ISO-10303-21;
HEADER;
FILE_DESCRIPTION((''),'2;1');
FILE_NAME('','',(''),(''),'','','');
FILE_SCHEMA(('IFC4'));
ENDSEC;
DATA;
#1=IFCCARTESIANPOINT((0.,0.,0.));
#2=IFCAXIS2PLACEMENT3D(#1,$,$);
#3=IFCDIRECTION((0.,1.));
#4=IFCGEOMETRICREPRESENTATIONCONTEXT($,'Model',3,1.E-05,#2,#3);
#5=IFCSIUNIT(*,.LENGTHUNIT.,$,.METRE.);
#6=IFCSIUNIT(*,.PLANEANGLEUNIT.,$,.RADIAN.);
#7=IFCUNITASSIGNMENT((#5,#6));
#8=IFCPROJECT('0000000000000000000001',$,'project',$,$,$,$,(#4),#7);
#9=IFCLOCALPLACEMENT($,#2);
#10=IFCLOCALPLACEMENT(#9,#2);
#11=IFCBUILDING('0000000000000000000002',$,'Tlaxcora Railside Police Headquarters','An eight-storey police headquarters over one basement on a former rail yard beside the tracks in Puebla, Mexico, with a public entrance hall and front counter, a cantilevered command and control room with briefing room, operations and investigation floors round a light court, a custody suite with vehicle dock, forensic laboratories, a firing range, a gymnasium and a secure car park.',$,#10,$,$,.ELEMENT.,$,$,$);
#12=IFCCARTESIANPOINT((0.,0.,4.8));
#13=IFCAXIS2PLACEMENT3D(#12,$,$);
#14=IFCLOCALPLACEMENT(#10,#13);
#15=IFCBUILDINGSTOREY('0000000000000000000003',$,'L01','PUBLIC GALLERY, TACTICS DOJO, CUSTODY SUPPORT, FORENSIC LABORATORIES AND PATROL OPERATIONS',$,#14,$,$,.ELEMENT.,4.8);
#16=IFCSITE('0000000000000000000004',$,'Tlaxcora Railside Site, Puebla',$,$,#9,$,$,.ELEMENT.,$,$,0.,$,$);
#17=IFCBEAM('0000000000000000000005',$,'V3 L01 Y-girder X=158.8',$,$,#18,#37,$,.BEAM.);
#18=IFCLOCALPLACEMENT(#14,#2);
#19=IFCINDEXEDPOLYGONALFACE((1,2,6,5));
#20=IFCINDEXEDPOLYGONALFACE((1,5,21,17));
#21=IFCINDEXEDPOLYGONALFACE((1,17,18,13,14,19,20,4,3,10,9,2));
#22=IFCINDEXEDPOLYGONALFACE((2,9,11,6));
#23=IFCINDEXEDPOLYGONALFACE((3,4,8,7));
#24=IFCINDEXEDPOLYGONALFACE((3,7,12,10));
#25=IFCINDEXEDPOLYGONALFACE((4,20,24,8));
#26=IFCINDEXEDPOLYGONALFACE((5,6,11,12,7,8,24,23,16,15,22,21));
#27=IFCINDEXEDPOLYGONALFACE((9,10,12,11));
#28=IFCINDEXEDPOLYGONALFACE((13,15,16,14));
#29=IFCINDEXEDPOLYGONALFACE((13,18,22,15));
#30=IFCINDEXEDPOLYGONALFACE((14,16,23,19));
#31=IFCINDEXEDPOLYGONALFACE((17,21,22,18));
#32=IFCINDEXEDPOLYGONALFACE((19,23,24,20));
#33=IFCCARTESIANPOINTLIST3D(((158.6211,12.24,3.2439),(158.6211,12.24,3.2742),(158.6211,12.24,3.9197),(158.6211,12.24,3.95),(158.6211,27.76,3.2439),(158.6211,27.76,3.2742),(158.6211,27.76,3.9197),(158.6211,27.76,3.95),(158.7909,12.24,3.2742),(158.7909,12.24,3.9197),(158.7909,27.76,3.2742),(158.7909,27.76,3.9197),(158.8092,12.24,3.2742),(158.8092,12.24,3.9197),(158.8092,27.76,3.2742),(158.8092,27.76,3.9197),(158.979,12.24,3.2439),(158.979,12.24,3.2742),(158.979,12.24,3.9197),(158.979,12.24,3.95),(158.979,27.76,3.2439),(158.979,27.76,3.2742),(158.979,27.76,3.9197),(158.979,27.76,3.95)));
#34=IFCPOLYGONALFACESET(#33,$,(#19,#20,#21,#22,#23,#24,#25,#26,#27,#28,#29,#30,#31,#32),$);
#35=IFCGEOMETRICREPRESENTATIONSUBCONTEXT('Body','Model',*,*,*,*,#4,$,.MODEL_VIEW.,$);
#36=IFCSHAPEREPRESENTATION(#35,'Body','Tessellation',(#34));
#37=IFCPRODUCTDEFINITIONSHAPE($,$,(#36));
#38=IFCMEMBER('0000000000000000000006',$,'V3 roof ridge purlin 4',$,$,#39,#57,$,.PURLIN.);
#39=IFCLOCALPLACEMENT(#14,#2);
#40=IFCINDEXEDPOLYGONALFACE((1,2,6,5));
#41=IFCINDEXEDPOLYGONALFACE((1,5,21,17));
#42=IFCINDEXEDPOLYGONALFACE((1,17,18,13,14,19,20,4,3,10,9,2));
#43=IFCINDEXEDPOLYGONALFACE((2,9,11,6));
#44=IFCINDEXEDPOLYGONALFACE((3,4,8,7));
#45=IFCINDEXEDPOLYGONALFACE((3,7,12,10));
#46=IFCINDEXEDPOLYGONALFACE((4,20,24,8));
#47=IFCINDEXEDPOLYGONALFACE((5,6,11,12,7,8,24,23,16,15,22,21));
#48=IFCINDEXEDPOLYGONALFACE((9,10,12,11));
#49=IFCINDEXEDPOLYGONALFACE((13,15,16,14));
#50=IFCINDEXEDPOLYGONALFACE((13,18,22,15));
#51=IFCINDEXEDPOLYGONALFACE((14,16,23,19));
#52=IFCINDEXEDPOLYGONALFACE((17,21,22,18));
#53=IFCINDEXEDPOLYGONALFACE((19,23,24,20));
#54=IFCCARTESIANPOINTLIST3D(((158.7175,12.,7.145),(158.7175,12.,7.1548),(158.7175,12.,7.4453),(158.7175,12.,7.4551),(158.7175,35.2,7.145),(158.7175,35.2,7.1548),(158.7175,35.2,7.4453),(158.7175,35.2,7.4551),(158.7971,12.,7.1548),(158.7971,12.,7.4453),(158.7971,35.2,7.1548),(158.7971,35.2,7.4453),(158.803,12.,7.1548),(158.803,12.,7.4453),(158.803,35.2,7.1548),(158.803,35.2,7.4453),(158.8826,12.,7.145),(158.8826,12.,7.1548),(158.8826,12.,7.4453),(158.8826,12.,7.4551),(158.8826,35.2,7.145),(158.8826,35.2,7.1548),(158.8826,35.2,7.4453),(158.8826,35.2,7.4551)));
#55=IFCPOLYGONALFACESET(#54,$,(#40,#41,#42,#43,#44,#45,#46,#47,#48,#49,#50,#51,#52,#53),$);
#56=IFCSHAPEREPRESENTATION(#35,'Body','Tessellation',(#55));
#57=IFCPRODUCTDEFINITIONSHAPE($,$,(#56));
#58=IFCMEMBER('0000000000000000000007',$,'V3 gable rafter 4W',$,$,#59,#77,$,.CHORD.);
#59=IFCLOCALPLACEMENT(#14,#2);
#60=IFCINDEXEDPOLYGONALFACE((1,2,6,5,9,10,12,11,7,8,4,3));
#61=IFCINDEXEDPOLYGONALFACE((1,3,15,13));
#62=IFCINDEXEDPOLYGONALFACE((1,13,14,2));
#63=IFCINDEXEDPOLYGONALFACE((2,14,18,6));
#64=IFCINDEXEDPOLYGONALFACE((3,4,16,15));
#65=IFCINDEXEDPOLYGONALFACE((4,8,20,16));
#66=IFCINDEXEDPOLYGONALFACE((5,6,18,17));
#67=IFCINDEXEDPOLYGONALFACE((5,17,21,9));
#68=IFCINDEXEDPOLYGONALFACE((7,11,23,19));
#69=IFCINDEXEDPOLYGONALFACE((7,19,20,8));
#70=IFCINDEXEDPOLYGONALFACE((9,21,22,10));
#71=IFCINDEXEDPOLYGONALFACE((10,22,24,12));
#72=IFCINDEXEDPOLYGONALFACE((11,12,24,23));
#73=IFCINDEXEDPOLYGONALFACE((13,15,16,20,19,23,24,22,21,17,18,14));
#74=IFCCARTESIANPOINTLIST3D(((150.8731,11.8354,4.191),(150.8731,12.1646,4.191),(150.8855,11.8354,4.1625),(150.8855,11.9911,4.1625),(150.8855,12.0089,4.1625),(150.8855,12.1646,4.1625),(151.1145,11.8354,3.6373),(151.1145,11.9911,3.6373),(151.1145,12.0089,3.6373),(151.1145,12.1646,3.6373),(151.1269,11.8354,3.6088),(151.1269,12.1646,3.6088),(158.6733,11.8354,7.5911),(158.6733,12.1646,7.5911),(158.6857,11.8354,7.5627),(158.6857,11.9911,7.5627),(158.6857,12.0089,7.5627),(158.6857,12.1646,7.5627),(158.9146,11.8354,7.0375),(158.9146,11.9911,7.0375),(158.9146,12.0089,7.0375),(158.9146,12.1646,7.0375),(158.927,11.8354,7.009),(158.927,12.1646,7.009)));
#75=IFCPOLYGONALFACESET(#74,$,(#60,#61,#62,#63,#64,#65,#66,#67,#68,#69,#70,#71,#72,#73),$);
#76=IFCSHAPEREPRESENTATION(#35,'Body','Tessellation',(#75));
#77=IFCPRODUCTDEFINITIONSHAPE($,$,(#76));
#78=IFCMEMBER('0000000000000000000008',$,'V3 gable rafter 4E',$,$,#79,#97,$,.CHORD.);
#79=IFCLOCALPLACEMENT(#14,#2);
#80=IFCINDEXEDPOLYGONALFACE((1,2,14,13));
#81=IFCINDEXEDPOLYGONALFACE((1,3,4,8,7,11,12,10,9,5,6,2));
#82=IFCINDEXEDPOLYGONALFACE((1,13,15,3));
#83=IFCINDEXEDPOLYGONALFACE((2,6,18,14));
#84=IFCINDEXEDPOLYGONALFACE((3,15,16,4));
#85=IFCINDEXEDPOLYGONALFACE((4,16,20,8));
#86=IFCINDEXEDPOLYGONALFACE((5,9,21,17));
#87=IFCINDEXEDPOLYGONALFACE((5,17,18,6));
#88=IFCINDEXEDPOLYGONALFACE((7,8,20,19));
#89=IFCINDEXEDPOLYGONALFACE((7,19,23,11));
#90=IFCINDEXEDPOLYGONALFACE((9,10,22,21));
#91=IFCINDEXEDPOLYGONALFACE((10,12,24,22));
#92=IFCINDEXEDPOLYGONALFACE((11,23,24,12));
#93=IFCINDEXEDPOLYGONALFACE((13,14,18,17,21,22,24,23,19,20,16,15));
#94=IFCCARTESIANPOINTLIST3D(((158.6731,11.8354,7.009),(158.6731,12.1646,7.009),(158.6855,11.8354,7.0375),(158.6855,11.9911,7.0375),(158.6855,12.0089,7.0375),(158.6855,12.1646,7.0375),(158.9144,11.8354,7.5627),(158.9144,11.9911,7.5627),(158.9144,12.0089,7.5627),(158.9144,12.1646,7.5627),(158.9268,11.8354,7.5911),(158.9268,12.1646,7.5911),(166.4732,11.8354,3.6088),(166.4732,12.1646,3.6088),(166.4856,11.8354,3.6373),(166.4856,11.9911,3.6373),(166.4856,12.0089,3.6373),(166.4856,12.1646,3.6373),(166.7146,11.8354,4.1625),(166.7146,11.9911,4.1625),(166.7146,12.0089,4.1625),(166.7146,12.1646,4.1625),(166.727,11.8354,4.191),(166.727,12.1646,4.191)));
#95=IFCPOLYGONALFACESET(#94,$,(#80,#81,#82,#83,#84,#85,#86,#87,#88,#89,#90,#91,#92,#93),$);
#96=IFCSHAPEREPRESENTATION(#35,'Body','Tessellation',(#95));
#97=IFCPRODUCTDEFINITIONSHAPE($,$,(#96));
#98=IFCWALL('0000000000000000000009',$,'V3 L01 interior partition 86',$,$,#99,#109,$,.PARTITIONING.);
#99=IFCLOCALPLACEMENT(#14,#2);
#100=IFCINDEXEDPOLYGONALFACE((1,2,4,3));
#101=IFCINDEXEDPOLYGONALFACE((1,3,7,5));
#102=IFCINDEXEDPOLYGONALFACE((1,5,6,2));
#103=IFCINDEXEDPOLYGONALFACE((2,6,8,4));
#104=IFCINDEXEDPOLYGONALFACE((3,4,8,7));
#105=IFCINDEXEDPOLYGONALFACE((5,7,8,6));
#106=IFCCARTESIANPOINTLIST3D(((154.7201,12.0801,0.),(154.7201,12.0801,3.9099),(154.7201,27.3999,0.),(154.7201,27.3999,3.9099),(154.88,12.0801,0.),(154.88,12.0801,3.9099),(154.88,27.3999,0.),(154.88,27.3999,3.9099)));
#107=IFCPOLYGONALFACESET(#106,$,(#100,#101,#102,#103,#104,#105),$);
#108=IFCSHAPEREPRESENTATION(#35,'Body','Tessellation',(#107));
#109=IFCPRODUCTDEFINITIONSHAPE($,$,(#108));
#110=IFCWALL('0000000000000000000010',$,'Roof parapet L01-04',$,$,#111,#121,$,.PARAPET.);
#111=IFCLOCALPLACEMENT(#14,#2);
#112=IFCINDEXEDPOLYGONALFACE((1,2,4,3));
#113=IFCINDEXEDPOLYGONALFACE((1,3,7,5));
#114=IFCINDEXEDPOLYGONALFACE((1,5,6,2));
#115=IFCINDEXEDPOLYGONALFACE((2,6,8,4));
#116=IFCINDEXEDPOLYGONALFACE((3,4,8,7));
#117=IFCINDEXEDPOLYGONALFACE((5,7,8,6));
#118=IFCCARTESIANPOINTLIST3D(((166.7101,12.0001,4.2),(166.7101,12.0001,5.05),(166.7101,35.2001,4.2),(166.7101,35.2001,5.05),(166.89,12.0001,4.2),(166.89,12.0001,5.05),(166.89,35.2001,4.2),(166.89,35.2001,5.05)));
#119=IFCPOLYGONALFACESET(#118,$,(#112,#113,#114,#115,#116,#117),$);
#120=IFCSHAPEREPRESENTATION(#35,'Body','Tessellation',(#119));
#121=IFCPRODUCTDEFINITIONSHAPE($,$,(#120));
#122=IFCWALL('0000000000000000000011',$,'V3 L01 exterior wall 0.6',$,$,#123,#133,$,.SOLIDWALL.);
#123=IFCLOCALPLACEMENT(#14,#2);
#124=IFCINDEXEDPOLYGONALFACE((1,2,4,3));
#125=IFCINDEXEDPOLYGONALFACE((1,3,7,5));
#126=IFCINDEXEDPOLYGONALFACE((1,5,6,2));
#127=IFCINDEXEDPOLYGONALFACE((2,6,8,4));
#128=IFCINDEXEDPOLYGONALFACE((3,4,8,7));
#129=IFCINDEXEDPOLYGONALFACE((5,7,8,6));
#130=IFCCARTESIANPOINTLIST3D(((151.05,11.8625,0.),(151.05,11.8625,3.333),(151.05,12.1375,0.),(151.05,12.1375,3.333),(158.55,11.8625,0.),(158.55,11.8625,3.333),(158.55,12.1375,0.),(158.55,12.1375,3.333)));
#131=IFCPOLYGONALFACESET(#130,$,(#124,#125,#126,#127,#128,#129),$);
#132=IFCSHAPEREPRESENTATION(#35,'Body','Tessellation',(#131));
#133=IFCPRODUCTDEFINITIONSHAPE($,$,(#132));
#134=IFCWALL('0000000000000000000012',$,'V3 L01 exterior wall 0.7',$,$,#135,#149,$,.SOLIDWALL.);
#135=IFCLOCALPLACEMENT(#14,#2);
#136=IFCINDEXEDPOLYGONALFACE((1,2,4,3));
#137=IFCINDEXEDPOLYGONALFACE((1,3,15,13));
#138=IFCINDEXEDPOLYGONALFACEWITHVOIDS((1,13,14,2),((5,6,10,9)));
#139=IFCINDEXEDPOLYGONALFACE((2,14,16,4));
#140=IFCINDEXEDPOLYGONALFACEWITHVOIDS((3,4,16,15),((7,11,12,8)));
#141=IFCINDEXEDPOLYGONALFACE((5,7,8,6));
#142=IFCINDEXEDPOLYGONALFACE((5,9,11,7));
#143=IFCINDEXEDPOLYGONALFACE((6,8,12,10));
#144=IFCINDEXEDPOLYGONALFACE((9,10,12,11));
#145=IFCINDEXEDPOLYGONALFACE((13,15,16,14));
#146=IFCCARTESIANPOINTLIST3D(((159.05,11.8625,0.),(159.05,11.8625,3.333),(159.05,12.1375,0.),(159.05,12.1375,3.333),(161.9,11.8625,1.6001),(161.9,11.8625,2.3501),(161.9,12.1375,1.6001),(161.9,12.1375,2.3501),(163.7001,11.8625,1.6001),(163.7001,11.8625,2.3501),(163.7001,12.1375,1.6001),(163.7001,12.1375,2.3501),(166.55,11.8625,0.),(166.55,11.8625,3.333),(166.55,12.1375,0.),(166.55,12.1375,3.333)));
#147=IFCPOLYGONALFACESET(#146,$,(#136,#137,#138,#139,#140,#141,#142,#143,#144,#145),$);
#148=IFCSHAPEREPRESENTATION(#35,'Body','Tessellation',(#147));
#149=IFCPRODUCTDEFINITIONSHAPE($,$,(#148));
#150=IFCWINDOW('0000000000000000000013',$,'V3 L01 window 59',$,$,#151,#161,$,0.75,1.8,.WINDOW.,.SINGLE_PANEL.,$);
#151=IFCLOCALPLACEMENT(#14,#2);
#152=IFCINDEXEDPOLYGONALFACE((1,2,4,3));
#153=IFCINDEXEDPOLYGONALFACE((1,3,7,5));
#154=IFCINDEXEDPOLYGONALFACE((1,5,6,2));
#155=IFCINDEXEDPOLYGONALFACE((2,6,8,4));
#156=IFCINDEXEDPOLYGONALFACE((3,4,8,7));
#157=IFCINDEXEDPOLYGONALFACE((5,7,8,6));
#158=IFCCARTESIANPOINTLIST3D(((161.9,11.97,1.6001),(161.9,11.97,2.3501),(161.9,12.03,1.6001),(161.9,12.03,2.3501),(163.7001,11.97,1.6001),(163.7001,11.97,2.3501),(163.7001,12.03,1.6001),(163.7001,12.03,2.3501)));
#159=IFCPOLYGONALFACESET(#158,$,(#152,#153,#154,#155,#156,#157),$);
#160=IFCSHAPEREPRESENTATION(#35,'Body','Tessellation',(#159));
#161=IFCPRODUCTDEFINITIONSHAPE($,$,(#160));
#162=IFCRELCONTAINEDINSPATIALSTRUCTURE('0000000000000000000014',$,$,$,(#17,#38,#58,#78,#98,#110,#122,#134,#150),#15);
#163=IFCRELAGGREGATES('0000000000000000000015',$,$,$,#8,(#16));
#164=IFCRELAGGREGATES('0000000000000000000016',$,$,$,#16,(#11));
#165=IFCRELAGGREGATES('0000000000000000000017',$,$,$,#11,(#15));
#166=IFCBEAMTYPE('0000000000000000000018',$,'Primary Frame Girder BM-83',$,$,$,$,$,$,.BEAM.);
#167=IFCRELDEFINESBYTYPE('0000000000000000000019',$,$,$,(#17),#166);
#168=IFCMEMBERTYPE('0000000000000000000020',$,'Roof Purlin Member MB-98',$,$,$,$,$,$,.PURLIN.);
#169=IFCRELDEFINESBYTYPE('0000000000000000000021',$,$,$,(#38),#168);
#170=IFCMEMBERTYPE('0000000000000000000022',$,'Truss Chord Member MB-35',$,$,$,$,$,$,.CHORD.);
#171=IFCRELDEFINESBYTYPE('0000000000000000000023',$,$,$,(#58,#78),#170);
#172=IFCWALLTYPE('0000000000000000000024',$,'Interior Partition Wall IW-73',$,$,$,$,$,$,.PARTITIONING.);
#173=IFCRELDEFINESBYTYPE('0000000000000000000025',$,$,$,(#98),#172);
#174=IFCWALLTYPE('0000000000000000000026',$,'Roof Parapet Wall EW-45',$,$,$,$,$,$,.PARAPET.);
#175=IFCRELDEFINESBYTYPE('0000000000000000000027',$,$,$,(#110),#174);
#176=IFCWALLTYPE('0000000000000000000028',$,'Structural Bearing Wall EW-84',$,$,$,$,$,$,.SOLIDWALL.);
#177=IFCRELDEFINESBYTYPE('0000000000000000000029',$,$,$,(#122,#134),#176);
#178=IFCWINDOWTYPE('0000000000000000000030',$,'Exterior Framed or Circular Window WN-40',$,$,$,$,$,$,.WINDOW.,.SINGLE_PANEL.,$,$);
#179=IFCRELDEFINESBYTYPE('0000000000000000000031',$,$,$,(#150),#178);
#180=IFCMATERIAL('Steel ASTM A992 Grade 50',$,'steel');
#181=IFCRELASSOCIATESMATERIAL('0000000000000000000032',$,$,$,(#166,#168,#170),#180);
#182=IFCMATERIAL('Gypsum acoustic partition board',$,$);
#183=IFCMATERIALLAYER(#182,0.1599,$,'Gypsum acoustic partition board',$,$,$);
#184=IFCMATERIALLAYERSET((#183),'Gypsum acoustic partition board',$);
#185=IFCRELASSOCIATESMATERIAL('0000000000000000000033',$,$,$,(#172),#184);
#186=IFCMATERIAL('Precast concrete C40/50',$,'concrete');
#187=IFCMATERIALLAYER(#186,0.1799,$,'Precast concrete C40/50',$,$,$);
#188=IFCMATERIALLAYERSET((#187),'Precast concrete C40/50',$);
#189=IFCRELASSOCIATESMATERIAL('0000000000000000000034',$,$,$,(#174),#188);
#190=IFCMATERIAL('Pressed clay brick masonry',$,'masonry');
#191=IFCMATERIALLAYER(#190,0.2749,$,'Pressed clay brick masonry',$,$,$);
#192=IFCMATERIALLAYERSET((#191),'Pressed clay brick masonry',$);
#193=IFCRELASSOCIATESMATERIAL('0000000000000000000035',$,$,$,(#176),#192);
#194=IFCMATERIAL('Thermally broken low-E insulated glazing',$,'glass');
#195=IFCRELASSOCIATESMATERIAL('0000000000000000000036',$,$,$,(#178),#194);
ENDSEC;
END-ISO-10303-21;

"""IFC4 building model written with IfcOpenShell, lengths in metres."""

from ifc_helpers import new_model, si_unit, direction, frame, frame_2d, origin, origin_2d, place, context, subcontext, project, spatial, rectangle, i_section, extrude, material, layer, layer_set, material_profile, profile_set, type_object, element, fill, save


model = new_model("IFC4")

# Units and contexts
model_context = context("Model", 3, precision=1e-05, world=origin(), true_north=direction((0.0, 1.0)))
body_context = subcontext(model_context, "Body", "Model", "MODEL_VIEW")
ifc_project = project(units=[si_unit("LENGTHUNIT", "METRE"), si_unit("PLANEANGLEUNIT", "RADIAN")], contexts=[model_context])

# Site, building, storey
site_placement = place(None, origin())
site = spatial("IfcSite", under=ifc_project, at=site_placement, Name="Tlaxcora Railside Site, Puebla", CompositionType="ELEMENT", RefElevation=0.0)
building_placement = place(site_placement, origin())
building = spatial("IfcBuilding", under=site, at=building_placement, Name="Tlaxcora Railside Police Headquarters", Description="An eight-storey police headquarters over one basement on a former rail yard beside the tracks in Puebla, Mexico, with a public entrance hall and front counter, a cantilevered command and control room with briefing room, operations and investigation floors round a light court, a custody suite with vehicle dock, forensic laboratories, a firing range, a gymnasium and a secure car park.", CompositionType="ELEMENT")
storey_placement = place(building_placement, frame((0.0, 0.0, 4.8)))
storey = spatial("IfcBuildingStorey", under=building, at=storey_placement, Name="L01", Description="PUBLIC GALLERY, TACTICS DOJO, CUSTODY SUPPORT, FORENSIC LABORATORIES AND PATROL OPERATIONS", CompositionType="ELEMENT", Elevation=4.8)

# Beam
ifc_material_1 = material(Name="Steel ASTM A992 Grade 50", Category="steel")
ifc_material_profile_1 = material_profile(ifc_material_1, i_section(OverallWidth=0.3579, OverallDepth=0.7061, WebThickness=0.0183, FlangeThickness=0.0303, at=origin_2d()), Name="W27X178")
ifc_profile_set_1 = profile_set([ifc_material_profile_1], Name="Steel ASTM A992 Grade 50")
beam_type_1 = type_object("IfcBeamType", Name="Primary Frame Girder BM-83", PredefinedType="BEAM", material=ifc_profile_set_1)
beam_placement = place(storey_placement, frame((158.8, 12.24, 3.5969), z_axis=(0.0, 1.0, 0.0), x_axis=(-1.0, 0.0, 0.0)))
element("IfcBeam", 1, at=beam_placement, inside=storey, type_object=beam_type_1, Name="V3 L01 Y-girder X=158.8", PredefinedType="BEAM", context=body_context, shape_type="SweptSolid", body=[
    extrude(i_section(OverallWidth=0.3579, OverallDepth=0.7061, WebThickness=0.0183, FlangeThickness=0.0303, at=origin_2d()), origin(), (0.0, 0.0, 1.0), 15.52),
])

# Members
ifc_material_profile_2 = material_profile(ifc_material_1, i_section(OverallWidth=0.165, OverallDepth=0.3101, WebThickness=0.0059, FlangeThickness=0.0098, at=origin_2d()), Name="W12X26")
ifc_profile_set_2 = profile_set([ifc_material_profile_2], Name="Steel ASTM A992 Grade 50")
member_type_1 = type_object("IfcMemberType", Name="Roof Purlin Member MB-98", PredefinedType="PURLIN", material=ifc_profile_set_2)
member_placement = place(storey_placement, frame((158.8, 12.0, 7.3), z_axis=(0.0, 1.0, 0.0), x_axis=(-1.0, 0.0, 0.0)))
element("IfcMember", 2, at=member_placement, inside=storey, type_object=member_type_1, Name="V3 roof ridge purlin 4", PredefinedType="PURLIN", context=body_context, shape_type="SweptSolid", body=[
    extrude(i_section(OverallWidth=0.165, OverallDepth=0.3101, WebThickness=0.0059, FlangeThickness=0.0098, at=origin_2d()), origin(), (0.0, 0.0, 1.0), 23.2),
])
ifc_material_profile_3 = material_profile(ifc_material_1, i_section(OverallWidth=0.3291, OverallDepth=0.635, WebThickness=0.0178, FlangeThickness=0.031, at=origin_2d()), Name="W24X162")
ifc_profile_set_3 = profile_set([ifc_material_profile_3], Name="Steel ASTM A992 Grade 50")
member_type_2 = type_object("IfcMemberType", Name="Truss Chord Member MB-35", PredefinedType="CHORD", material=ifc_profile_set_3)
for number, where, z_axis, x_axis, name in (
    (3, (151.0, 12.0, 3.8999), (0.916691, 0.0, 0.399598), (0.0, 1.0, 0.0), "V3 gable rafter 4W"),
    (4, (166.6001, 12.0, 3.8999), (-0.916691, 0.0, 0.399598), (0.0, -1.0, 0.0), "V3 gable rafter 4E"),
):
    element("IfcMember", number, at=place(storey_placement, frame(where, z_axis=z_axis, x_axis=x_axis)), inside=storey, type_object=member_type_2, Name=name, PredefinedType="CHORD", context=body_context, shape_type="SweptSolid", body=[
        extrude(i_section(OverallWidth=0.3291, OverallDepth=0.635, WebThickness=0.0178, FlangeThickness=0.031, at=origin_2d()), origin(), (0.0, 0.0, 1.0), 8.509),
    ])

# Walls
ifc_material_2 = material(Name="Gypsum acoustic partition board")
ifc_layer_1 = layer(ifc_material_2, 0.1599, Name="Gypsum acoustic partition board")
ifc_layer_set_1 = layer_set([ifc_layer_1], Name="Gypsum acoustic partition board")
wall_type_1 = type_object("IfcWallType", Name="Interior Partition Wall IW-73", PredefinedType="PARTITIONING", material=ifc_layer_set_1)
wall_1_placement = place(storey_placement, frame((154.8, 12.0801, 0.0), z_axis=(0.0, 0.0, 1.0), x_axis=(0.0, 1.0, 0.0)))
element("IfcWall", 5, at=wall_1_placement, inside=storey, type_object=wall_type_1, Name="V3 L01 interior partition 86", PredefinedType="PARTITIONING", context=body_context, shape_type="SweptSolid", body=[
    extrude(rectangle(XDim=15.3198, YDim=0.1599, at=frame_2d((7.6599, 0.0))), origin(), (0.0, 0.0, 1.0), 3.9099),
])
ifc_material_3 = material(Name="Precast concrete C40/50", Category="concrete")
ifc_layer_2 = layer(ifc_material_3, 0.1799, Name="Precast concrete C40/50")
ifc_layer_set_2 = layer_set([ifc_layer_2], Name="Precast concrete C40/50")
wall_type_2 = type_object("IfcWallType", Name="Roof Parapet Wall EW-45", PredefinedType="PARAPET", material=ifc_layer_set_2)
wall_2_placement = place(storey_placement, frame((166.8, 12.0, 4.2), z_axis=(0.0, 0.0, 1.0), x_axis=(0.0, 1.0, 0.0)))
element("IfcWall", 6, at=wall_2_placement, inside=storey, type_object=wall_type_2, Name="Roof parapet L01-04", PredefinedType="PARAPET", context=body_context, shape_type="SweptSolid", body=[
    extrude(rectangle(XDim=23.2, YDim=0.1799, at=frame_2d((11.6001, 0.0))), origin(), (0.0, 0.0, 1.0), 0.8501),
])

# Wall
ifc_material_4 = material(Name="Pressed clay brick masonry", Category="masonry")
ifc_layer_3 = layer(ifc_material_4, 0.2749, Name="Pressed clay brick masonry")
ifc_layer_set_3 = layer_set([ifc_layer_3], Name="Pressed clay brick masonry")
wall_type_3 = type_object("IfcWallType", Name="Structural Bearing Wall EW-84", PredefinedType="SOLIDWALL", material=ifc_layer_set_3)
wall_3_placement = place(storey_placement, frame((151.05, 12.0, 0.0), z_axis=(0.0, 0.0, 1.0), x_axis=(1.0, 0.0, 0.0)))
element("IfcWall", 7, at=wall_3_placement, inside=storey, type_object=wall_type_3, Name="V3 L01 exterior wall 0.6", PredefinedType="SOLIDWALL", context=body_context, shape_type="SweptSolid", body=[
    extrude(rectangle(XDim=7.5, YDim=0.2749, at=frame_2d((3.75, 0.0))), origin(), (0.0, 0.0, 1.0), 3.333),
])

# Wall, opening, window
wall_4_placement = place(storey_placement, frame((159.05, 12.0, 0.0), z_axis=(0.0, 0.0, 1.0), x_axis=(1.0, 0.0, 0.0)))
wall_4 = element("IfcWall", 8, at=wall_4_placement, inside=storey, type_object=wall_type_3, Name="V3 L01 exterior wall 0.7", PredefinedType="SOLIDWALL", context=body_context, shape_type="SweptSolid", body=[
    extrude(rectangle(XDim=7.5, YDim=0.2749, at=frame_2d((3.75, 0.0))), origin(), (0.0, 0.0, 1.0), 3.333),
])
opening_1_placement = place(wall_4_placement, frame((2.8501, 0.0, 1.6001)))
opening_1 = element("IfcOpeningElement", 9, at=opening_1_placement, cuts=wall_4, PredefinedType="OPENING", context=body_context, shape_type="SweptSolid", body=[
    extrude(rectangle(XDim=1.8, YDim=0.75, at=frame_2d((0.8999, 0.375))), frame((0.0, 0.1475, 0.0), z_axis=(0.0, -1.0, 0.0), x_axis=(1.0, 0.0, 0.0)), (0.0, 0.0, 1.0), 0.2949),
])
ifc_material_5 = material(Name="Thermally broken low-E insulated glazing", Category="glass")
window_type_1 = type_object("IfcWindowType", Name="Exterior Framed or Circular Window WN-40", PartitioningType="SINGLE_PANEL", PredefinedType="WINDOW", material=ifc_material_5)
window_1_placement = place(opening_1_placement, origin())
window_1 = element("IfcWindow", 10, at=window_1_placement, inside=storey, type_object=window_type_1, Name="V3 L01 window 59", OverallHeight=0.75, OverallWidth=1.8, PartitioningType="SINGLE_PANEL", PredefinedType="WINDOW", context=body_context, shape_type="SweptSolid", body=[
    extrude(rectangle(XDim=1.8, YDim=0.75, at=frame_2d((0.8999, 0.375))), frame((0.0, 0.03, 0.0), z_axis=(0.0, -1.0, 0.0), x_axis=(1.0, 0.0, 0.0)), (0.0, 0.0, 1.0), 0.0601),
])
fill(opening_1, window_1)

save(model, "model.ifc")
